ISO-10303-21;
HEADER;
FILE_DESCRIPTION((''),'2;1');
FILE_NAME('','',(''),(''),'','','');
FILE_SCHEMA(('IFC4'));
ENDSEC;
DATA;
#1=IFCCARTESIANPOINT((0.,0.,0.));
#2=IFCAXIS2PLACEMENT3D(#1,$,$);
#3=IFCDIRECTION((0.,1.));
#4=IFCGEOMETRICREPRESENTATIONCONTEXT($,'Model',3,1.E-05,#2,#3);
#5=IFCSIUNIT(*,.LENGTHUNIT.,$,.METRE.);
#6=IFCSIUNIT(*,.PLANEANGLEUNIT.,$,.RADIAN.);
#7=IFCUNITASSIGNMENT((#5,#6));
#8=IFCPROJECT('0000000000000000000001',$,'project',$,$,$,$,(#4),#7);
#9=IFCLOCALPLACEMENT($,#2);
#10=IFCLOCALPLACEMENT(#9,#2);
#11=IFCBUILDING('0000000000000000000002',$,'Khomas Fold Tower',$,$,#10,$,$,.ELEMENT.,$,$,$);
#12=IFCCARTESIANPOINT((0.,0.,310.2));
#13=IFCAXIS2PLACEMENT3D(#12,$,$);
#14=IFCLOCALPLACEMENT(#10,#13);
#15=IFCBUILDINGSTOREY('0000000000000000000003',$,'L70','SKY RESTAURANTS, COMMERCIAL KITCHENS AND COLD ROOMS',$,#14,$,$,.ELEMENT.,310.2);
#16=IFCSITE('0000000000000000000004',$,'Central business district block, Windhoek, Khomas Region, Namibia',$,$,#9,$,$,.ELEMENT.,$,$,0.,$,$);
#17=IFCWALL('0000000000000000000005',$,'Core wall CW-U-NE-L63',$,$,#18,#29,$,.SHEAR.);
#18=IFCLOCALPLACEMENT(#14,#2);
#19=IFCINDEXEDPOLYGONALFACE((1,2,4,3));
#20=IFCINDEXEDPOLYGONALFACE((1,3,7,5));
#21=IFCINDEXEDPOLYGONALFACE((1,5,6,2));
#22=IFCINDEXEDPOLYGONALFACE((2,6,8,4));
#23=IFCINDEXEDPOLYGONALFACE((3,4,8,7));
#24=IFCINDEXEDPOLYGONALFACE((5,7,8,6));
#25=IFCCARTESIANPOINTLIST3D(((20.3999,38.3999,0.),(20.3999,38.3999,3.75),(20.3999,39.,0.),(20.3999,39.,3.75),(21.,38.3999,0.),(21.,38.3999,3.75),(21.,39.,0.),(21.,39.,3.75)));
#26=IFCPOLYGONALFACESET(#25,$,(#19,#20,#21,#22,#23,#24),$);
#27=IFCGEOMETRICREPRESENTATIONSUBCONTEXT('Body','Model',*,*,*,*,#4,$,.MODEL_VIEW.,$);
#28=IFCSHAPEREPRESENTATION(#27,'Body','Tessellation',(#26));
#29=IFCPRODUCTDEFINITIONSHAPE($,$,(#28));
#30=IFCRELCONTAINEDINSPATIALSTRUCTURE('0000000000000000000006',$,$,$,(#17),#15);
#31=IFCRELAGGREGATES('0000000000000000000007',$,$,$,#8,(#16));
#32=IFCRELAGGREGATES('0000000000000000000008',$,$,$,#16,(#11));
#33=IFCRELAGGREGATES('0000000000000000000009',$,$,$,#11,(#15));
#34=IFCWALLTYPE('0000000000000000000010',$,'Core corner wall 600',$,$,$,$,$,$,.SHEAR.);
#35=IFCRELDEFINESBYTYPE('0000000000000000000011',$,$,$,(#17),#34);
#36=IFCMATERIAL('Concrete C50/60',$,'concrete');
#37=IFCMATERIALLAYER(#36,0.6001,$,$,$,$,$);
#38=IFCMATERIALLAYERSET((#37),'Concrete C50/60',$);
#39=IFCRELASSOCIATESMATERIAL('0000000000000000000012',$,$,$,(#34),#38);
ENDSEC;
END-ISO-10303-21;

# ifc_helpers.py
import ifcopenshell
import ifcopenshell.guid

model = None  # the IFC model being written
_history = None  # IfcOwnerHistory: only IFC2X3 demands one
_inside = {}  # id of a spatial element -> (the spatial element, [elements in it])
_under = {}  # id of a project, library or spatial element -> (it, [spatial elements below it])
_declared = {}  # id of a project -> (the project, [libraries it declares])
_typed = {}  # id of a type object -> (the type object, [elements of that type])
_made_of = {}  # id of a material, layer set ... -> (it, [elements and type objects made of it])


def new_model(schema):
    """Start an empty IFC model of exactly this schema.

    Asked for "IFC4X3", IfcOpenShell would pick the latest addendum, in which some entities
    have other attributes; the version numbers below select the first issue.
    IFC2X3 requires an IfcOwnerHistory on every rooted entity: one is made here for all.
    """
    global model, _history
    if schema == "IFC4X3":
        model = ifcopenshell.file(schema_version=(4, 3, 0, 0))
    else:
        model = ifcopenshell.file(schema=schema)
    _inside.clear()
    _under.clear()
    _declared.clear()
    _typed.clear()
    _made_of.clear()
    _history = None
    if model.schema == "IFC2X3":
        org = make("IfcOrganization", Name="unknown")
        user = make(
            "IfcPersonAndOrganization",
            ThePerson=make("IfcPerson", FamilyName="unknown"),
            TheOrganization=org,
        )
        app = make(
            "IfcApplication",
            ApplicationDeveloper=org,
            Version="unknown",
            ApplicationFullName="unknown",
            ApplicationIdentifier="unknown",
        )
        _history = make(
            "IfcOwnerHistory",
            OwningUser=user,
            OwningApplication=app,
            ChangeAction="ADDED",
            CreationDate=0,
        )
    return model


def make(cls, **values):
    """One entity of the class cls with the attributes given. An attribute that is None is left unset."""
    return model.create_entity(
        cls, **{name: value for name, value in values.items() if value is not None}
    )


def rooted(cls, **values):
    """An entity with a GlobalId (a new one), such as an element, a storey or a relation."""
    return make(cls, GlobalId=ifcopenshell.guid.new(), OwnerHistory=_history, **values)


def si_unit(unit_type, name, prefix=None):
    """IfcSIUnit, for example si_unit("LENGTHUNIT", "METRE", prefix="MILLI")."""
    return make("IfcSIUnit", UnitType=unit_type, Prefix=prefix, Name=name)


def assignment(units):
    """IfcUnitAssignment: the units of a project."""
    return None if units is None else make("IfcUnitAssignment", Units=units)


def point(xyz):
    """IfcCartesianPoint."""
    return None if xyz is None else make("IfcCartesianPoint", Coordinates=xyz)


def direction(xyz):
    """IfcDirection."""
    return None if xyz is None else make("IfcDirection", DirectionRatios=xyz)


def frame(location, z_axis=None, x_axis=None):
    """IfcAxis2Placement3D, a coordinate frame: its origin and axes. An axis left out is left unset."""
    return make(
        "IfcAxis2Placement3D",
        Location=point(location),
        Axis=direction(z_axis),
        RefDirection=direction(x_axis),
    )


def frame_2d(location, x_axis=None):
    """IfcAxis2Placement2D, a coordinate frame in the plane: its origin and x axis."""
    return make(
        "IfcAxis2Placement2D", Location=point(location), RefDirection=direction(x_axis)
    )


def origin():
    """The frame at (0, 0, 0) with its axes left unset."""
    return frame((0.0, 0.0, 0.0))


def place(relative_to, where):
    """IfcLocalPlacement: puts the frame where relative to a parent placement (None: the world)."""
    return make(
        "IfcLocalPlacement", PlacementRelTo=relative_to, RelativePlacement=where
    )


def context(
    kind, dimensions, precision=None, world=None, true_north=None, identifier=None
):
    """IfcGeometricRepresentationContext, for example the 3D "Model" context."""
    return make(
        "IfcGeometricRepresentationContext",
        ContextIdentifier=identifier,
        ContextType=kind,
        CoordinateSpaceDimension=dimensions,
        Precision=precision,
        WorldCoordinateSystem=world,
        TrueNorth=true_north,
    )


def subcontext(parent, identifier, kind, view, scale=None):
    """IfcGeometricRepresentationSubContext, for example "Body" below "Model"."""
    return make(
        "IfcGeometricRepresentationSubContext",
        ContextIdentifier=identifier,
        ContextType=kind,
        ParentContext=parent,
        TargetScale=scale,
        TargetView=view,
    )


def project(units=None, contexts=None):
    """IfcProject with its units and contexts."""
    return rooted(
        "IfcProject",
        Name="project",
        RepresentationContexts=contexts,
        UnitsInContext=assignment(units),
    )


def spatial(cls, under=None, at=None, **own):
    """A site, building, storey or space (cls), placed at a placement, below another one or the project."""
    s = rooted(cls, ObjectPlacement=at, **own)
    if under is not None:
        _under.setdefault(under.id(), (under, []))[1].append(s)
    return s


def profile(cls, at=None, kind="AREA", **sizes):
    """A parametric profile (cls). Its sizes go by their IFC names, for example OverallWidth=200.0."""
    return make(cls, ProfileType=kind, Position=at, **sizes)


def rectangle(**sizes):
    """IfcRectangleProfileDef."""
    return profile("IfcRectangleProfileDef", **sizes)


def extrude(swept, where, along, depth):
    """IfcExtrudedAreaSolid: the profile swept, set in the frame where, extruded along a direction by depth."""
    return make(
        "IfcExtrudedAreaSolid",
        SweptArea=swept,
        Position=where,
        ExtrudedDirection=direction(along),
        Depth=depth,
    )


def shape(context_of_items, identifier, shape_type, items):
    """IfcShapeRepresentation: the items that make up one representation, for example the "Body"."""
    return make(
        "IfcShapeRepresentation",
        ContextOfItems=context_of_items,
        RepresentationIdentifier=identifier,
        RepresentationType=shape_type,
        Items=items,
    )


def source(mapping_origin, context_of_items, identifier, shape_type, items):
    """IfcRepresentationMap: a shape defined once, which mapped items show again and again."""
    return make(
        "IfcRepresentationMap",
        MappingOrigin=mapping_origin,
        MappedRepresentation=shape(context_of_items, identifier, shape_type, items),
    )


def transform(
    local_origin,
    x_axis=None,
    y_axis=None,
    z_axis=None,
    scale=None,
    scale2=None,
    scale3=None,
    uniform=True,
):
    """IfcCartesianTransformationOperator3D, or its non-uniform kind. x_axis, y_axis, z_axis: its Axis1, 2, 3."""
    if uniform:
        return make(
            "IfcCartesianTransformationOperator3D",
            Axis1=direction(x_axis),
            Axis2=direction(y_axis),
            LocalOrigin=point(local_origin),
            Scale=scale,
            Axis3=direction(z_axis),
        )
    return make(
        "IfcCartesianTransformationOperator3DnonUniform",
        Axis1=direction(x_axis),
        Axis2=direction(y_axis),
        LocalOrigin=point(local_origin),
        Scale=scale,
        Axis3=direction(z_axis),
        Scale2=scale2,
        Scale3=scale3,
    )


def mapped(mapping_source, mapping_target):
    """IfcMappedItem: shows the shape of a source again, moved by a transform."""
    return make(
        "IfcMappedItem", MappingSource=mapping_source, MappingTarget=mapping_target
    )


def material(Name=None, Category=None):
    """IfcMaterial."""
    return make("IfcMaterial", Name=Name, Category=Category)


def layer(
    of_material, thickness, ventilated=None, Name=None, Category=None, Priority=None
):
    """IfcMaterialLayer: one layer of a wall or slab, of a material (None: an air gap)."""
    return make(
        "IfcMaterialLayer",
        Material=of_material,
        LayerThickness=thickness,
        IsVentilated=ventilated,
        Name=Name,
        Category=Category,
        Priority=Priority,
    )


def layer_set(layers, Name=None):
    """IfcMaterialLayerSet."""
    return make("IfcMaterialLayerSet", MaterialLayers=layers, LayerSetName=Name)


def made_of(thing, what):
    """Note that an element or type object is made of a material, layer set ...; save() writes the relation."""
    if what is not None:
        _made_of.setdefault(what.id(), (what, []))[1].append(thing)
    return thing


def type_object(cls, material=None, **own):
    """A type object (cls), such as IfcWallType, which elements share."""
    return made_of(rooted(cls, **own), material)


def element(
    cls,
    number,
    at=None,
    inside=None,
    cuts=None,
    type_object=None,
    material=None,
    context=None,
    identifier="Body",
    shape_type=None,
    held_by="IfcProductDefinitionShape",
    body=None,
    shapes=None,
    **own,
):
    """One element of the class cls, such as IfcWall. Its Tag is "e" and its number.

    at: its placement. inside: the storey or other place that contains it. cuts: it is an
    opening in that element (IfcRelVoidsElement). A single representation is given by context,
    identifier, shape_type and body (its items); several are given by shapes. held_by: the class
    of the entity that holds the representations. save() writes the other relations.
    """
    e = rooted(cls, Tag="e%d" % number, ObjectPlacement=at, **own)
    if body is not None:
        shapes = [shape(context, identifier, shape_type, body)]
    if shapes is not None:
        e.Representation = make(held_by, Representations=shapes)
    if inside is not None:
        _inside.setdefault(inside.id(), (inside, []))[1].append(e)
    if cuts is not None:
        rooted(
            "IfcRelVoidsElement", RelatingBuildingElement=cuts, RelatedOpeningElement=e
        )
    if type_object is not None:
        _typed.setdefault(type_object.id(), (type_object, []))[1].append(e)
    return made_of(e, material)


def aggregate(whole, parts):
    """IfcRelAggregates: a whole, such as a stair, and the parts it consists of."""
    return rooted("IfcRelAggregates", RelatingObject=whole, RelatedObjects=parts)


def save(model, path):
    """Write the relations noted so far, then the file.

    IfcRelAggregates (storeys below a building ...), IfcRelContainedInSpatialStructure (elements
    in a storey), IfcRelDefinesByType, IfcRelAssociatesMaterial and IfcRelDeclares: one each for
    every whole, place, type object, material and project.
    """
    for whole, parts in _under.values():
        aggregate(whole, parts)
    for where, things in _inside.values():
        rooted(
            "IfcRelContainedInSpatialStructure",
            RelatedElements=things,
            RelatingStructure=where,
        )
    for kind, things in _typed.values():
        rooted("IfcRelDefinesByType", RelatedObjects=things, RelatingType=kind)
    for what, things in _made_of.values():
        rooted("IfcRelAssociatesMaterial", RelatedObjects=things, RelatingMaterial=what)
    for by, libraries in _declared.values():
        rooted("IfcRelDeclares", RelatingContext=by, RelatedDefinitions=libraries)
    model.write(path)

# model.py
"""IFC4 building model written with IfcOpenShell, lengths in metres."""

from ifc_helpers import new_model, si_unit, direction, frame, frame_2d, origin, place, context, subcontext, project, spatial, rectangle, extrude, source, transform, mapped, material, layer, layer_set, type_object, element, save


model = new_model("IFC4")

# Units and contexts
model_context = context("Model", 3, precision=1e-05, world=origin(), true_north=direction((0.0, 1.0)))
body_context = subcontext(model_context, "Body", "Model", "MODEL_VIEW")
ifc_project = project(units=[si_unit("LENGTHUNIT", "METRE"), si_unit("PLANEANGLEUNIT", "RADIAN")], contexts=[model_context])

# Site, building, storey
site_placement = place(None, origin())
site = spatial("IfcSite", under=ifc_project, at=site_placement, Name="Central business district block, Windhoek, Khomas Region, Namibia", CompositionType="ELEMENT", RefElevation=0.0)
building_placement = place(site_placement, origin())
building = spatial("IfcBuilding", under=site, at=building_placement, Name="Khomas Fold Tower", CompositionType="ELEMENT")
storey_placement = place(building_placement, frame((0.0, 0.0, 310.2)))
storey = spatial("IfcBuildingStorey", under=building, at=storey_placement, Name="L70", Description="SKY RESTAURANTS, COMMERCIAL KITCHENS AND COLD ROOMS", CompositionType="ELEMENT", Elevation=310.2)

# Wall
ifc_material_1 = material(Name="Concrete C50/60", Category="concrete")
ifc_layer_1 = layer(ifc_material_1, 0.6001)
ifc_layer_set_1 = layer_set([ifc_layer_1], Name="Concrete C50/60")
wall_type_1 = type_object("IfcWallType", Name="Core corner wall 600", PredefinedType="SHEAR", material=ifc_layer_set_1)
shared_shape_1 = source(origin(), body_context, "Body", "SweptSolid", [
    extrude(rectangle(XDim=0.6001, YDim=0.6001, at=frame_2d((0.3, 0.0))), origin(), (0.0, 0.0, 1.0), 3.75),
])
wall_1_placement = place(storey_placement, frame((20.3999, 38.7, 0.0), z_axis=(0.0, 0.0, 1.0), x_axis=(1.0, 0.0, 0.0)))
element("IfcWall", 1, at=wall_1_placement, inside=storey, type_object=wall_type_1, Name="Core wall CW-U-NE-L63", PredefinedType="SHEAR", context=body_context, shape_type="MappedRepresentation", body=[
    mapped(shared_shape_1, transform((0.0, 0.0, 0.0))),
])

save(model, "model.ifc")
